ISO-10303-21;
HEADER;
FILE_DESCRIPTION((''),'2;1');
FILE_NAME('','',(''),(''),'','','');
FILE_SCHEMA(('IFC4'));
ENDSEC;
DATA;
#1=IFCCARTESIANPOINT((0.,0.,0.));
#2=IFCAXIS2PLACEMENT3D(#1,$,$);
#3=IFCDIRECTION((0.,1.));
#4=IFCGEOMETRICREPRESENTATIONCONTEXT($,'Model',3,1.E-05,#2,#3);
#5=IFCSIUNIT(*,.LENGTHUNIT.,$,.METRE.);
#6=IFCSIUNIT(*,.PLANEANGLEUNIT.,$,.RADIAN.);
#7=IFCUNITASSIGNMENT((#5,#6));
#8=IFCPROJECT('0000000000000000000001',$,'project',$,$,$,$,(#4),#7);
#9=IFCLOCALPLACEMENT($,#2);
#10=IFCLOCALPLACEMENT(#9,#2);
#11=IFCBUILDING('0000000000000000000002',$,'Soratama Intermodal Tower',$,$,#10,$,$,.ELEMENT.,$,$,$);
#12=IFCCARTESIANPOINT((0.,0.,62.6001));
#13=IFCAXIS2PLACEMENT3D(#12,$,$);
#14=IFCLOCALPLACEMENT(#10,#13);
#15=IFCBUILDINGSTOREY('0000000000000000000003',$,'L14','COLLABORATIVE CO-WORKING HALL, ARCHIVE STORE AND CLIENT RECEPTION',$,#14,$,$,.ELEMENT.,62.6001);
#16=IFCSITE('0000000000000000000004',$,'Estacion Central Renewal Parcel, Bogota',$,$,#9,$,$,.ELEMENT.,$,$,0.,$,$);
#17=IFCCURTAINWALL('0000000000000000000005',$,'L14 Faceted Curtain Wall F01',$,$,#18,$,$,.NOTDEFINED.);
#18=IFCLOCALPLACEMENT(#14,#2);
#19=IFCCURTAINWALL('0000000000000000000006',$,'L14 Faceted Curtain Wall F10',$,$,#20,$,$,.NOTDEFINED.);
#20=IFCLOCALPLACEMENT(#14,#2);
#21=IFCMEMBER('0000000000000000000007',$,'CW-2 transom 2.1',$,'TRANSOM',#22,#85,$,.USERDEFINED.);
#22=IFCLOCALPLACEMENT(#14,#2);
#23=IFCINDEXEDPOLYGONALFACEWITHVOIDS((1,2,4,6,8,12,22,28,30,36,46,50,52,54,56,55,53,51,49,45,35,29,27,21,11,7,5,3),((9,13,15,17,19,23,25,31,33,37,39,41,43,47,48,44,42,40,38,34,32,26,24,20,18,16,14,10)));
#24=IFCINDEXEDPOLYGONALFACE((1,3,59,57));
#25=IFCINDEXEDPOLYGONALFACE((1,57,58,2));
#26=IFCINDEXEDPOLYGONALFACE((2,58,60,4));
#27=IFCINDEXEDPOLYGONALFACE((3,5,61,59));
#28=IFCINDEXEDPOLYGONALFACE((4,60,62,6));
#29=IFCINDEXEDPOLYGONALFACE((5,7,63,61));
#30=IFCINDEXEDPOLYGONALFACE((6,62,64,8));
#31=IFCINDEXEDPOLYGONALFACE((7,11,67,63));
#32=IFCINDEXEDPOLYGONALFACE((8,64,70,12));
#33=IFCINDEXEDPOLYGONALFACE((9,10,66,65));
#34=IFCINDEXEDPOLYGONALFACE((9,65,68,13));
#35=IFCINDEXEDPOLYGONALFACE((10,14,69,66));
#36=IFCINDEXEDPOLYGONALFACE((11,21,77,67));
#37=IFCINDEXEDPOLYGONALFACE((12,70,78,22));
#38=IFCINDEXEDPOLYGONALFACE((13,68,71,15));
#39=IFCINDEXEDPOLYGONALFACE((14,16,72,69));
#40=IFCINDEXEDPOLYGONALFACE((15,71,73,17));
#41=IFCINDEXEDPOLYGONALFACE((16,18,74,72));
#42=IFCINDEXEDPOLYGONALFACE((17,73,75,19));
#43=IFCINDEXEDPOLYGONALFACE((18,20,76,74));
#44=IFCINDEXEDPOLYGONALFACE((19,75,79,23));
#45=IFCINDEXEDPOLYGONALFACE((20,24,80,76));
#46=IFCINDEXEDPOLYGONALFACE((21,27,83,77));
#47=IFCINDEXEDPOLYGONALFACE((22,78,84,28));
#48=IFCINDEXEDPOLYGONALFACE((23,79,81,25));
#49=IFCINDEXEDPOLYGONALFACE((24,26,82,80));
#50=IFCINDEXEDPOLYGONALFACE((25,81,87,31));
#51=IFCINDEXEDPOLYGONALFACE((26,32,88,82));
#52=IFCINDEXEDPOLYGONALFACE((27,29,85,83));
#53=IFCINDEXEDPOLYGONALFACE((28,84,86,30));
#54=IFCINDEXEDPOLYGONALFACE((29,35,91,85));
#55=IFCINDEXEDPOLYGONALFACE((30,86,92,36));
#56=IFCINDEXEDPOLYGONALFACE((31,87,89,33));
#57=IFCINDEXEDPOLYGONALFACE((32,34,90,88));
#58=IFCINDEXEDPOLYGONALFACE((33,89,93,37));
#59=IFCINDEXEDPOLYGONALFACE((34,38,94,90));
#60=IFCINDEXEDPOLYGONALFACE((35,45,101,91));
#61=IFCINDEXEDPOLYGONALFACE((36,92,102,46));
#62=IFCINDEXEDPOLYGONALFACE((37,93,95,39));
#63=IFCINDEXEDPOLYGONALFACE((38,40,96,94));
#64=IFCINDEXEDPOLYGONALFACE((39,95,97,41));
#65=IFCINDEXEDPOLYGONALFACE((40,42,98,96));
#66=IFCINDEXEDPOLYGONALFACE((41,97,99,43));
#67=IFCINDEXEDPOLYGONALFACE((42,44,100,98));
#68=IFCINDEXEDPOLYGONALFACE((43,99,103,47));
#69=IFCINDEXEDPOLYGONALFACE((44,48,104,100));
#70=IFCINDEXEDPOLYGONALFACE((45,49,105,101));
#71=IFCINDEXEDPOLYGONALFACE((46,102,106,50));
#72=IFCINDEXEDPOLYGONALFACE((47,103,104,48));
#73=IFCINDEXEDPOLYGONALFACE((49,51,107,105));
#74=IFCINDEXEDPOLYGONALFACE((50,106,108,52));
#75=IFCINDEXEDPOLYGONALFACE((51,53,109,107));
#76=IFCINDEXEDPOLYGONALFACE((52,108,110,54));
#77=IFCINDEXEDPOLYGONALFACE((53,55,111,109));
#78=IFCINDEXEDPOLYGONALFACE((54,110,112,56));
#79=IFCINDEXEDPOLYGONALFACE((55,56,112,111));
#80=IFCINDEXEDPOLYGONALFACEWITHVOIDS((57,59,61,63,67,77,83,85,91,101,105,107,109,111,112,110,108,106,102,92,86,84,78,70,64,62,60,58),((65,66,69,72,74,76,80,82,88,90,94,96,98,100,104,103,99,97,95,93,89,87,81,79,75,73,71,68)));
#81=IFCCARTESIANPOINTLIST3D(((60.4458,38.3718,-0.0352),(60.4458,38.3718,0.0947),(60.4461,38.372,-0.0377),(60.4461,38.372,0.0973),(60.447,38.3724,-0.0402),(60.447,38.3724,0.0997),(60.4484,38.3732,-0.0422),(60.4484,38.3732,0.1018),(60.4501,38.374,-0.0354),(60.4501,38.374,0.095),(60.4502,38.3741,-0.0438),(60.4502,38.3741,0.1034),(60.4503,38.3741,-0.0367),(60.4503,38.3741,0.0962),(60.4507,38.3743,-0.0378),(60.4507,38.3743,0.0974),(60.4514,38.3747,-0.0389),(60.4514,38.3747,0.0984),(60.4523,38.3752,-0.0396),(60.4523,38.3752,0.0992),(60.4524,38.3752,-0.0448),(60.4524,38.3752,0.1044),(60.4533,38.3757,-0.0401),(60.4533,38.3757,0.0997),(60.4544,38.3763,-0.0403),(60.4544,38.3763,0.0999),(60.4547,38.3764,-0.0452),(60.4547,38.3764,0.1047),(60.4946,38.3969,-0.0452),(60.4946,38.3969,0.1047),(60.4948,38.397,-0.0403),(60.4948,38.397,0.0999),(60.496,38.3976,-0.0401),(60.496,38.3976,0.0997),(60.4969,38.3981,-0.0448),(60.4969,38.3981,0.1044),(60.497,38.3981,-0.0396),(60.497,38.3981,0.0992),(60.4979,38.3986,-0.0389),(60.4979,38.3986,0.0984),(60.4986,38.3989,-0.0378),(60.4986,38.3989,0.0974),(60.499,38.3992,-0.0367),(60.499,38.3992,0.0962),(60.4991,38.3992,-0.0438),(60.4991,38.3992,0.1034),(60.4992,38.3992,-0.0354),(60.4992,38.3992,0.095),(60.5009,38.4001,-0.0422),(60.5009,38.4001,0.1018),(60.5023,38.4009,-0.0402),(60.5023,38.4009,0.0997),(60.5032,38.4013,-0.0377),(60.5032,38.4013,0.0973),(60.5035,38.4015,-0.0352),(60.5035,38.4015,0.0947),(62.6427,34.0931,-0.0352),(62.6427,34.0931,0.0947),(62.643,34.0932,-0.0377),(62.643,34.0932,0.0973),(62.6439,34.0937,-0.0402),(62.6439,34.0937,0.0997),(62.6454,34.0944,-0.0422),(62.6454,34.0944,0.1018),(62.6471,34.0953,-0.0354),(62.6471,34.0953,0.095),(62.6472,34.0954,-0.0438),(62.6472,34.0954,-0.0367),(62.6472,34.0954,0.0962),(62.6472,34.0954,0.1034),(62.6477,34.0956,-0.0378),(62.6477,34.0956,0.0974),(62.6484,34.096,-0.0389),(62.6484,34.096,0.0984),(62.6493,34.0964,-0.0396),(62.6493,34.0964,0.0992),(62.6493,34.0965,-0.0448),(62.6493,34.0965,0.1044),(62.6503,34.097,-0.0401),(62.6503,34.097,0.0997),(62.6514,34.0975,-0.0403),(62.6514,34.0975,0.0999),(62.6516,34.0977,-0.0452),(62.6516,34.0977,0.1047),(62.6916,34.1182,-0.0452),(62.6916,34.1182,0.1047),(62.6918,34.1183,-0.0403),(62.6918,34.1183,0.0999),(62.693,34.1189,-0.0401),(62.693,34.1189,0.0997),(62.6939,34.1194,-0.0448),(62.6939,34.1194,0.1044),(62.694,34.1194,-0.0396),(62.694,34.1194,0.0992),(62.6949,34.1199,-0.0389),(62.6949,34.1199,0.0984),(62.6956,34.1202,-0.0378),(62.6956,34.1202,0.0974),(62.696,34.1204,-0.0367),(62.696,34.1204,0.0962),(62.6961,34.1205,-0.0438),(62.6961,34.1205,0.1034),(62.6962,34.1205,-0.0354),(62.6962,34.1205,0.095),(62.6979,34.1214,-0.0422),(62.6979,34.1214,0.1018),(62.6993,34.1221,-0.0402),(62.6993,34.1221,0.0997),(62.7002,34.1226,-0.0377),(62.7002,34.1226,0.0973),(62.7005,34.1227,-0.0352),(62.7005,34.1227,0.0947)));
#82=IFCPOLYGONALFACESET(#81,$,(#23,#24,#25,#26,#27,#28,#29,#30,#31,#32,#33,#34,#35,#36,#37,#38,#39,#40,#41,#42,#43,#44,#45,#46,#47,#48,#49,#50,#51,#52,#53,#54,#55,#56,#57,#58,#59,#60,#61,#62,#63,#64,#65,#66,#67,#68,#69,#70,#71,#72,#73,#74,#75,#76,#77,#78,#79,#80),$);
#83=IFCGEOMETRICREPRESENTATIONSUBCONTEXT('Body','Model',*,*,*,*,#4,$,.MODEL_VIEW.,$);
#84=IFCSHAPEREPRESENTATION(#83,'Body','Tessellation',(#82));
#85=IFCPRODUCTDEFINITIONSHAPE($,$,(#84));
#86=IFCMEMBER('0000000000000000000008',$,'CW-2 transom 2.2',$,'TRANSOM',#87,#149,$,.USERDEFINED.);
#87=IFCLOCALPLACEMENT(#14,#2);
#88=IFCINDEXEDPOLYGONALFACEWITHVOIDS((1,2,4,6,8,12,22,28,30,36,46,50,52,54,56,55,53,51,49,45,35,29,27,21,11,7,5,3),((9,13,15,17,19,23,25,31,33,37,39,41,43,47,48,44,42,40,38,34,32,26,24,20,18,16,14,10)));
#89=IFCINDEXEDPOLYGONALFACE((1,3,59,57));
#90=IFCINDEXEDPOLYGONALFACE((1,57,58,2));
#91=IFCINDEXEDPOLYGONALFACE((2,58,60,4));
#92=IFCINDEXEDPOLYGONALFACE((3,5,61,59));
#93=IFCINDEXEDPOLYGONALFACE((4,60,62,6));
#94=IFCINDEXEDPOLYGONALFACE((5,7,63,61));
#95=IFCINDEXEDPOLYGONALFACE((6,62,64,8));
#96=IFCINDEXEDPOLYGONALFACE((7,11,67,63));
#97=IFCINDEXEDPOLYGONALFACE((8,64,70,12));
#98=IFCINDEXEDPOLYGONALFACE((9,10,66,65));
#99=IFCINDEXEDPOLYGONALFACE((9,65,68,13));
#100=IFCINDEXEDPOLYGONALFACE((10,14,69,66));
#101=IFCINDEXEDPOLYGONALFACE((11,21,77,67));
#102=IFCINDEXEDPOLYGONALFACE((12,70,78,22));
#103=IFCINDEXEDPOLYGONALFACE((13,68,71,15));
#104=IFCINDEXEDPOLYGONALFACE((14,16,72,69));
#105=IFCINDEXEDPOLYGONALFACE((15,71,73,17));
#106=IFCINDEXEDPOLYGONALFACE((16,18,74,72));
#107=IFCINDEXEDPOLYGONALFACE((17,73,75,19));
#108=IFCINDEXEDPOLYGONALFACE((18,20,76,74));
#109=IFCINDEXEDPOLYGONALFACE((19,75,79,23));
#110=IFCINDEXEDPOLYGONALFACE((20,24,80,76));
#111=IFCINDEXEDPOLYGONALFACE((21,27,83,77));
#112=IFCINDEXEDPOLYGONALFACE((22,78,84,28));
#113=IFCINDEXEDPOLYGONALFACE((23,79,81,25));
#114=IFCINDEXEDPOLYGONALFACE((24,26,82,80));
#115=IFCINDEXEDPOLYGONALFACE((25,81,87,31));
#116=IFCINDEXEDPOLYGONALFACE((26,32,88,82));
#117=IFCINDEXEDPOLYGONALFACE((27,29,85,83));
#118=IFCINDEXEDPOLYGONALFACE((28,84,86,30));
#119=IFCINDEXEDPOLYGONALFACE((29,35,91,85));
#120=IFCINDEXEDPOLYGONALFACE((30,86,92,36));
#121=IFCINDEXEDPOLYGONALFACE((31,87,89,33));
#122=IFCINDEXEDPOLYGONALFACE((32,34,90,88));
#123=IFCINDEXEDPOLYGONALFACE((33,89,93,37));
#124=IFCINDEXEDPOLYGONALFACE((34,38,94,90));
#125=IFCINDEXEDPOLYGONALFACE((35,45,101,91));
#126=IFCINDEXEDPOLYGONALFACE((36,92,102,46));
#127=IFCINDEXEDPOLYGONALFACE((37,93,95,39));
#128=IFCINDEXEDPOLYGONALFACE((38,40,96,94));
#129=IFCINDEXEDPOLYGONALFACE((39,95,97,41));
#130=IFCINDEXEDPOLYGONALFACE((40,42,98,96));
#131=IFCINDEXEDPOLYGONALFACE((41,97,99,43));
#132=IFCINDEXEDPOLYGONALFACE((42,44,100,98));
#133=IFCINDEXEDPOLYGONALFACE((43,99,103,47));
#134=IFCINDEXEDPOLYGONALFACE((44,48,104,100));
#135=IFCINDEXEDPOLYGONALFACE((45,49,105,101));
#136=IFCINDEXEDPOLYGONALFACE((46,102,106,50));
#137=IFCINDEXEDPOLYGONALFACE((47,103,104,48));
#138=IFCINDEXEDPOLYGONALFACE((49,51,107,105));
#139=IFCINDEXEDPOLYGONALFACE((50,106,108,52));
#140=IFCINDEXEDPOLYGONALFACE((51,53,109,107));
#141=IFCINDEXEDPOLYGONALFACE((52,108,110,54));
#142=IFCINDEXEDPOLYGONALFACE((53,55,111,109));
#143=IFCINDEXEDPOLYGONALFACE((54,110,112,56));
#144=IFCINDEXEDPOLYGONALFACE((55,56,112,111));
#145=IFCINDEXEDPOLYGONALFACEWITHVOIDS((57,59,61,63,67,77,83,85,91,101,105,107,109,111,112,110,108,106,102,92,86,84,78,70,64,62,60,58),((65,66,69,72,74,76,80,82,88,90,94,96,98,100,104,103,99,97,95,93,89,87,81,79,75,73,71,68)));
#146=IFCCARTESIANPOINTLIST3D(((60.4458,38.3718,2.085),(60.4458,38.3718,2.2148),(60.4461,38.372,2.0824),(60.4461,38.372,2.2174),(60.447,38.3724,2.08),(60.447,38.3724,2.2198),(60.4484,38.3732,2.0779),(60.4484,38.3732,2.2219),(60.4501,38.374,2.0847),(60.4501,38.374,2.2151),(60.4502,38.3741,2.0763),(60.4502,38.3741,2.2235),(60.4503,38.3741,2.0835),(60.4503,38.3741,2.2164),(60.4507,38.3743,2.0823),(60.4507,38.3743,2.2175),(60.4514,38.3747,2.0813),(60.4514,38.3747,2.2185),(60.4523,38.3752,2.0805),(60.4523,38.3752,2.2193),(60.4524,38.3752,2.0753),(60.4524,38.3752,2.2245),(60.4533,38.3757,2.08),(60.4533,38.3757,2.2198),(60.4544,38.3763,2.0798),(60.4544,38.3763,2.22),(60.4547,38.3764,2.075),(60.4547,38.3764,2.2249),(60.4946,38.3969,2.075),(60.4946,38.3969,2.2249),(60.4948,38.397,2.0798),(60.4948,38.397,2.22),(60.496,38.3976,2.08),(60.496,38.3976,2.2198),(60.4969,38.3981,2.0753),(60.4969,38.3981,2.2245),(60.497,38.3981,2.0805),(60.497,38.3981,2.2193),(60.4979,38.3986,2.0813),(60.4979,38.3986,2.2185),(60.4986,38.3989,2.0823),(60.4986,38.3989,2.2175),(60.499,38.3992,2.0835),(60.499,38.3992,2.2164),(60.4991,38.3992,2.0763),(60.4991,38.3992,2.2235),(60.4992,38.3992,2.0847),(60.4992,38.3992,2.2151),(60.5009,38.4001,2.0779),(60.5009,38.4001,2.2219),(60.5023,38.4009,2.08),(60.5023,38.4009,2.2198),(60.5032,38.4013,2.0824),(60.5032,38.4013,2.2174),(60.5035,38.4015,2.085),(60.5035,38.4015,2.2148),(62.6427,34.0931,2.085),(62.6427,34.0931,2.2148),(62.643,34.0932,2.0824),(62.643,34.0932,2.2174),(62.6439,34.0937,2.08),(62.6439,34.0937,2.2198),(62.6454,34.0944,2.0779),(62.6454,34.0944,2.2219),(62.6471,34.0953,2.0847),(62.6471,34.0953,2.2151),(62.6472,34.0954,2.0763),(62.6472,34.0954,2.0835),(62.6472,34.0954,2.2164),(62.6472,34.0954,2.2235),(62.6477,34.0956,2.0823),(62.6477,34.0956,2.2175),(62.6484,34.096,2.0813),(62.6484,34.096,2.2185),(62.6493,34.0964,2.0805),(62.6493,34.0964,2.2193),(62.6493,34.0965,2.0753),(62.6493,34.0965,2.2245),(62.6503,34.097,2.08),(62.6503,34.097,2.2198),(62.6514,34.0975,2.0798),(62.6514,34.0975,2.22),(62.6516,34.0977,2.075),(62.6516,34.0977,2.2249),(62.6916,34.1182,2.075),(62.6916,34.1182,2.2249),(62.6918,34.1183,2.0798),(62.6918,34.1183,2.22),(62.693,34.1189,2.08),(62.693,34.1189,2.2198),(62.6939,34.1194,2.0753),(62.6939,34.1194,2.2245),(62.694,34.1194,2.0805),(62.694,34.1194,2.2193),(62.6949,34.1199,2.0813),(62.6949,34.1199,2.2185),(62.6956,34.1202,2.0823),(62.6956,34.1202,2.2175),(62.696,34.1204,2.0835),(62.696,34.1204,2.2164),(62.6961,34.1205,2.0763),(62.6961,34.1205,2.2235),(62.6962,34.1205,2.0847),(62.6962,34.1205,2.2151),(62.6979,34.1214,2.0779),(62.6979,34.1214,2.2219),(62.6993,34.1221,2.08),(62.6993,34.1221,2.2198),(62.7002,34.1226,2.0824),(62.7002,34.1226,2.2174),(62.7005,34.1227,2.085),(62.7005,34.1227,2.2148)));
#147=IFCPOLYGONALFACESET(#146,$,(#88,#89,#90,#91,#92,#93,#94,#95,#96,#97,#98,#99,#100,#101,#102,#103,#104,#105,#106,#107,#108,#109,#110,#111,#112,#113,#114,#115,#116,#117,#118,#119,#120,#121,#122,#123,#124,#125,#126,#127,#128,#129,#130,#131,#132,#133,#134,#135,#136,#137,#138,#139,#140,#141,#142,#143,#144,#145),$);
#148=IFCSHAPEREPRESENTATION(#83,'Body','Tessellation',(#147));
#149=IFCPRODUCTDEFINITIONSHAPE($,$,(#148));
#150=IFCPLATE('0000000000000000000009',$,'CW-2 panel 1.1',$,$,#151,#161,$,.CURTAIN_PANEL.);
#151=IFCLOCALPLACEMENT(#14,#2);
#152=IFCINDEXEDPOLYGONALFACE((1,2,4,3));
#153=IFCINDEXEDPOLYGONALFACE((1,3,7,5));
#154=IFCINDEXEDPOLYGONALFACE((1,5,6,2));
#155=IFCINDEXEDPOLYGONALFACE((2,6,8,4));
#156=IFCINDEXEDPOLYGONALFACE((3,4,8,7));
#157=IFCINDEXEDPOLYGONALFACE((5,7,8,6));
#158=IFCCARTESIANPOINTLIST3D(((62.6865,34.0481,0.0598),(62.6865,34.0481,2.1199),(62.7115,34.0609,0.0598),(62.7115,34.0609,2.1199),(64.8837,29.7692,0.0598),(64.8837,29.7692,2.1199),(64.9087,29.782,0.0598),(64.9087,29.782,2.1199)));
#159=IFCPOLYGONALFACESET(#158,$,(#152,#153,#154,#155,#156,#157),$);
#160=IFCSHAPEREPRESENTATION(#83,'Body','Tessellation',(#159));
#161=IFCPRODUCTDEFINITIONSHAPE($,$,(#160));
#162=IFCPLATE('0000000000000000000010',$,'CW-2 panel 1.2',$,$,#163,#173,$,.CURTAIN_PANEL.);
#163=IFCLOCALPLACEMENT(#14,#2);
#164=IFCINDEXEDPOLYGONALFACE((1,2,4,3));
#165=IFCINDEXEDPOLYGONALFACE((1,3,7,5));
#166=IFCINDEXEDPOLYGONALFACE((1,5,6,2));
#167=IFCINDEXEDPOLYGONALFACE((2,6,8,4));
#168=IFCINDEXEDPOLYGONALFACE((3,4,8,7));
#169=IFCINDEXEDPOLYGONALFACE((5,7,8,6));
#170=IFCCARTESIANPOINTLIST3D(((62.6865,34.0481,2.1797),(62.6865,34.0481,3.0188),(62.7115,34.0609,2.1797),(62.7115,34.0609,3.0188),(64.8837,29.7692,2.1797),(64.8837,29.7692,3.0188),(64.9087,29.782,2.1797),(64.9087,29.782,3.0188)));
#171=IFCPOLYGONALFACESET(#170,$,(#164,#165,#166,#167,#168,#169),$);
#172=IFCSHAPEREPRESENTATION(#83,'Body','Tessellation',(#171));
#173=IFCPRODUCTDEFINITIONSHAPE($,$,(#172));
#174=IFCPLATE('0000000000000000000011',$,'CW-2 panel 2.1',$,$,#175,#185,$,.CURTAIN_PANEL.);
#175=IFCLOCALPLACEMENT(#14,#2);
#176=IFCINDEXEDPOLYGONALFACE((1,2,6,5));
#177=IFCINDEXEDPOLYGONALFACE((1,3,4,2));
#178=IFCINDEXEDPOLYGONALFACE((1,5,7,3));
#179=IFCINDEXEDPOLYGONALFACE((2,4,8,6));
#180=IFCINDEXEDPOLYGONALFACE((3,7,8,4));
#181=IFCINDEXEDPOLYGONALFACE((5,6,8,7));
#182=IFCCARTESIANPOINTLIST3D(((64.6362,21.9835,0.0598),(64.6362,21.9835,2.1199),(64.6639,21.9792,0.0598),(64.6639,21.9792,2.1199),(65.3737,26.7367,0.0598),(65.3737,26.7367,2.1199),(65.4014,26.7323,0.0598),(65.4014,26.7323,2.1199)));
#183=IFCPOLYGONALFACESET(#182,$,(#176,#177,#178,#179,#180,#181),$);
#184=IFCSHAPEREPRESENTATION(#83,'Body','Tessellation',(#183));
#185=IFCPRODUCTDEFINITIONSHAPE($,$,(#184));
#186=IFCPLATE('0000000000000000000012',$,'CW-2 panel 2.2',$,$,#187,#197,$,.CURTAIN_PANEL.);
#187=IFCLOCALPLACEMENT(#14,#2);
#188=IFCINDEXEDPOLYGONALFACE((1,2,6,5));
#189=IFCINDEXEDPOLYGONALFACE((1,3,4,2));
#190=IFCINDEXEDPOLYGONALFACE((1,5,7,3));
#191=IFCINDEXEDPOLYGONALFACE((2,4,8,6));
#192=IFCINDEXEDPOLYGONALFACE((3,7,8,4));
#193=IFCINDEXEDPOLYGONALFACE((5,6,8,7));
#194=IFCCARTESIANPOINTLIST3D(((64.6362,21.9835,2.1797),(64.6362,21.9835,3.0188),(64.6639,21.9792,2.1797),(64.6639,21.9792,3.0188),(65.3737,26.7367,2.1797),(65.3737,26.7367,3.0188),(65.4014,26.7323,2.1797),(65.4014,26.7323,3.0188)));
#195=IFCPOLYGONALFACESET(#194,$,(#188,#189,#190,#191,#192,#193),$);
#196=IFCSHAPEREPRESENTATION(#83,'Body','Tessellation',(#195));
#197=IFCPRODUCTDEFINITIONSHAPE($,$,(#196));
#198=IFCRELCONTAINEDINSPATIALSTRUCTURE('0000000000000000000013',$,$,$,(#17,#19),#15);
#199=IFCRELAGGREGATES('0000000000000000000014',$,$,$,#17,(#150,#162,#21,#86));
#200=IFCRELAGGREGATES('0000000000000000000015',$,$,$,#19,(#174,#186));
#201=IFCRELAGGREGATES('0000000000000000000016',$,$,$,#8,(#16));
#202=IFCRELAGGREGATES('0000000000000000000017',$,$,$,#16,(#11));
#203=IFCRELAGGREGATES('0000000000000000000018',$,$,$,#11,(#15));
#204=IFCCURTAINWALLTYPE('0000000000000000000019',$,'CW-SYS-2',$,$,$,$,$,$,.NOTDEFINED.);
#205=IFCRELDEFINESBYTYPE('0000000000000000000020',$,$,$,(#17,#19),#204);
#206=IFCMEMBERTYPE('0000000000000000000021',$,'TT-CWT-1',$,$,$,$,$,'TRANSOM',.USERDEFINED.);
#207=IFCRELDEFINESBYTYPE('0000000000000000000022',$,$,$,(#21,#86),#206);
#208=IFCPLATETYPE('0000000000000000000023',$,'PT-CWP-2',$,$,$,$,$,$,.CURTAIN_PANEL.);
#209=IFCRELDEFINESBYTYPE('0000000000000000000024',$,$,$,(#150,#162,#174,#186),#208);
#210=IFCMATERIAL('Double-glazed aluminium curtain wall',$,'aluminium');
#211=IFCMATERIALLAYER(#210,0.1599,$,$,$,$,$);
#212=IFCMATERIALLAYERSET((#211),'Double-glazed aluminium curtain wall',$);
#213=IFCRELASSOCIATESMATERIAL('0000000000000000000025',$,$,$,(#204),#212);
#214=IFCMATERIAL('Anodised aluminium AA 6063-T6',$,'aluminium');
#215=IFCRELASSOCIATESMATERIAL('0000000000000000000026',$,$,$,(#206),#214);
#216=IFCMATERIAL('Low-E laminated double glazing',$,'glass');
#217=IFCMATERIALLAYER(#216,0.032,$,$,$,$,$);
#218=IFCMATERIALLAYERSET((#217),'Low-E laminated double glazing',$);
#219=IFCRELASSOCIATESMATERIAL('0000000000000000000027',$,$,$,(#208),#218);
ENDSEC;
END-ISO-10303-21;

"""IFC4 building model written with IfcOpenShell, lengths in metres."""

from ifc_helpers import new_model, si_unit, direction, frame, origin, origin_2d, place, context, subcontext, project, spatial, rectangle, hollow_rectangle, extrude, material, layer, layer_set, material_profile, profile_set, type_object, element, aggregate, save


model = new_model("IFC4")

# Units and contexts
model_context = context("Model", 3, precision=1e-05, world=origin(), true_north=direction((0.0, 1.0)))
body_context = subcontext(model_context, "Body", "Model", "MODEL_VIEW")
ifc_project = project(units=[si_unit("LENGTHUNIT", "METRE"), si_unit("PLANEANGLEUNIT", "RADIAN")], contexts=[model_context])

# Site, building, storey
site_placement = place(None, origin())
site = spatial("IfcSite", under=ifc_project, at=site_placement, Name="Estacion Central Renewal Parcel, Bogota", CompositionType="ELEMENT", RefElevation=0.0)
building_placement = place(site_placement, origin())
building = spatial("IfcBuilding", under=site, at=building_placement, Name="Soratama Intermodal Tower", CompositionType="ELEMENT")
storey_placement = place(building_placement, frame((0.0, 0.0, 62.6001)))
storey = spatial("IfcBuildingStorey", under=building, at=storey_placement, Name="L14", Description="COLLABORATIVE CO-WORKING HALL, ARCHIVE STORE AND CLIENT RECEPTION", CompositionType="ELEMENT", Elevation=62.6001)

# Curtain wall
ifc_material_1 = material(Name="Double-glazed aluminium curtain wall", Category="aluminium")
ifc_layer_1 = layer(ifc_material_1, 0.1599)
ifc_layer_set_1 = layer_set([ifc_layer_1], Name="Double-glazed aluminium curtain wall")
curtain_wall_type = type_object("IfcCurtainWallType", Name="CW-SYS-2", PredefinedType="NOTDEFINED", material=ifc_layer_set_1)
curtain_wall_1_placement = place(storey_placement, origin())
curtain_wall_1 = element("IfcCurtainWall", 1, at=curtain_wall_1_placement, inside=storey, type_object=curtain_wall_type, Name="L14 Faceted Curtain Wall F01", PredefinedType="NOTDEFINED")

# Curtain wall
curtain_wall_2_placement = place(storey_placement, origin())
curtain_wall_2 = element("IfcCurtainWall", 2, at=curtain_wall_2_placement, inside=storey, type_object=curtain_wall_type, Name="L14 Faceted Curtain Wall F10", PredefinedType="NOTDEFINED")

# Members
ifc_material_2 = material(Name="Anodised aluminium AA 6063-T6", Category="aluminium")
ifc_material_profile_1 = material_profile(ifc_material_2, hollow_rectangle(XDim=0.0649, YDim=0.1499, WallThickness=0.0049, InnerFilletRadius=0.0049, OuterFilletRadius=0.01, at=origin_2d()), Name="CWT150X65X5")
ifc_profile_set_1 = profile_set([ifc_material_profile_1], Name="Anodised aluminium AA 6063-T6")
member_type_1 = type_object("IfcMemberType", Name="TT-CWT-1", ElementType="TRANSOM", PredefinedType="USERDEFINED", material=ifc_profile_set_1)
member_1_placement = place(storey_placement, frame((62.6716, 34.1079, 0.0298), z_axis=(-0.456771, 0.889584, 0.0), x_axis=(-0.889584, -0.456771, 0.0)))
member_1 = element("IfcMember", 3, at=member_1_placement, type_object=member_type_1, Name="CW-2 transom 2.1", ObjectType="TRANSOM", PredefinedType="USERDEFINED", context=body_context, shape_type="SweptSolid", body=[
    extrude(hollow_rectangle(XDim=0.0649, YDim=0.1499, WallThickness=0.0049, InnerFilletRadius=0.0049, OuterFilletRadius=0.01, at=origin_2d()), origin(), (0.0, 0.0, 1.0), 4.8098),
])
member_2_placement = place(storey_placement, frame((62.6716, 34.1079, 2.1499), z_axis=(-0.456771, 0.889584, 0.0), x_axis=(-0.889584, -0.456771, 0.0)))
member_2 = element("IfcMember", 4, at=member_2_placement, type_object=member_type_1, Name="CW-2 transom 2.2", ObjectType="TRANSOM", PredefinedType="USERDEFINED", context=body_context, shape_type="SweptSolid", body=[
    extrude(hollow_rectangle(XDim=0.0649, YDim=0.1499, WallThickness=0.0049, InnerFilletRadius=0.0049, OuterFilletRadius=0.01, at=origin_2d()), origin(), (0.0, 0.0, 1.0), 4.8098),
])

# Plates
ifc_material_3 = material(Name="Low-E laminated double glazing", Category="glass")
ifc_layer_2 = layer(ifc_material_3, 0.032)
ifc_layer_set_2 = layer_set([ifc_layer_2], Name="Low-E laminated double glazing")
plate_type = type_object("IfcPlateType", Name="PT-CWP-2", PredefinedType="CURTAIN_PANEL", material=ifc_layer_set_2)
plate_1_placement = place(storey_placement, frame((63.7976, 31.915, 0.0598), z_axis=(0.0, 0.0, 1.0), x_axis=(-0.456788, 0.889576, 0.0)))
plate_1 = element("IfcPlate", 5, at=plate_1_placement, type_object=plate_type, Name="CW-2 panel 1.1", PredefinedType="CURTAIN_PANEL", context=body_context, shape_type="SweptSolid", body=[
    extrude(rectangle(XDim=4.8101, YDim=0.0281, at=origin_2d()), origin(), (0.0, 0.0, 1.0), 2.0601),
])
plate_2_placement = place(storey_placement, frame((63.7976, 31.915, 2.1797), z_axis=(0.0, 0.0, 1.0), x_axis=(-0.456788, 0.889576, 0.0)))
plate_2 = element("IfcPlate", 6, at=plate_2_placement, type_object=plate_type, Name="CW-2 panel 1.2", PredefinedType="CURTAIN_PANEL", context=body_context, shape_type="SweptSolid", body=[
    extrude(rectangle(XDim=4.8101, YDim=0.0281, at=origin_2d()), origin(), (0.0, 0.0, 1.0), 0.8391),
])
aggregate(curtain_wall_1, [plate_1, plate_2, member_1, member_2])
plate_3_placement = place(storey_placement, frame((65.0188, 24.3579, 0.0598), z_axis=(0.0, 0.0, 1.0), x_axis=(0.153328, 0.988175, 0.0)))
plate_3 = element("IfcPlate", 7, at=plate_3_placement, type_object=plate_type, Name="CW-2 panel 2.1", PredefinedType="CURTAIN_PANEL", context=body_context, shape_type="SweptSolid", body=[
    extrude(rectangle(XDim=4.8101, YDim=0.0281, at=origin_2d()), origin(), (0.0, 0.0, 1.0), 2.0601),
])
plate_4_placement = place(storey_placement, frame((65.0188, 24.3579, 2.1797), z_axis=(0.0, 0.0, 1.0), x_axis=(0.153328, 0.988175, 0.0)))
plate_4 = element("IfcPlate", 8, at=plate_4_placement, type_object=plate_type, Name="CW-2 panel 2.2", PredefinedType="CURTAIN_PANEL", context=body_context, shape_type="SweptSolid", body=[
    extrude(rectangle(XDim=4.8101, YDim=0.0281, at=origin_2d()), origin(), (0.0, 0.0, 1.0), 0.8391),
])
aggregate(curtain_wall_2, [plate_3, plate_4])

save(model, "model.ifc")
